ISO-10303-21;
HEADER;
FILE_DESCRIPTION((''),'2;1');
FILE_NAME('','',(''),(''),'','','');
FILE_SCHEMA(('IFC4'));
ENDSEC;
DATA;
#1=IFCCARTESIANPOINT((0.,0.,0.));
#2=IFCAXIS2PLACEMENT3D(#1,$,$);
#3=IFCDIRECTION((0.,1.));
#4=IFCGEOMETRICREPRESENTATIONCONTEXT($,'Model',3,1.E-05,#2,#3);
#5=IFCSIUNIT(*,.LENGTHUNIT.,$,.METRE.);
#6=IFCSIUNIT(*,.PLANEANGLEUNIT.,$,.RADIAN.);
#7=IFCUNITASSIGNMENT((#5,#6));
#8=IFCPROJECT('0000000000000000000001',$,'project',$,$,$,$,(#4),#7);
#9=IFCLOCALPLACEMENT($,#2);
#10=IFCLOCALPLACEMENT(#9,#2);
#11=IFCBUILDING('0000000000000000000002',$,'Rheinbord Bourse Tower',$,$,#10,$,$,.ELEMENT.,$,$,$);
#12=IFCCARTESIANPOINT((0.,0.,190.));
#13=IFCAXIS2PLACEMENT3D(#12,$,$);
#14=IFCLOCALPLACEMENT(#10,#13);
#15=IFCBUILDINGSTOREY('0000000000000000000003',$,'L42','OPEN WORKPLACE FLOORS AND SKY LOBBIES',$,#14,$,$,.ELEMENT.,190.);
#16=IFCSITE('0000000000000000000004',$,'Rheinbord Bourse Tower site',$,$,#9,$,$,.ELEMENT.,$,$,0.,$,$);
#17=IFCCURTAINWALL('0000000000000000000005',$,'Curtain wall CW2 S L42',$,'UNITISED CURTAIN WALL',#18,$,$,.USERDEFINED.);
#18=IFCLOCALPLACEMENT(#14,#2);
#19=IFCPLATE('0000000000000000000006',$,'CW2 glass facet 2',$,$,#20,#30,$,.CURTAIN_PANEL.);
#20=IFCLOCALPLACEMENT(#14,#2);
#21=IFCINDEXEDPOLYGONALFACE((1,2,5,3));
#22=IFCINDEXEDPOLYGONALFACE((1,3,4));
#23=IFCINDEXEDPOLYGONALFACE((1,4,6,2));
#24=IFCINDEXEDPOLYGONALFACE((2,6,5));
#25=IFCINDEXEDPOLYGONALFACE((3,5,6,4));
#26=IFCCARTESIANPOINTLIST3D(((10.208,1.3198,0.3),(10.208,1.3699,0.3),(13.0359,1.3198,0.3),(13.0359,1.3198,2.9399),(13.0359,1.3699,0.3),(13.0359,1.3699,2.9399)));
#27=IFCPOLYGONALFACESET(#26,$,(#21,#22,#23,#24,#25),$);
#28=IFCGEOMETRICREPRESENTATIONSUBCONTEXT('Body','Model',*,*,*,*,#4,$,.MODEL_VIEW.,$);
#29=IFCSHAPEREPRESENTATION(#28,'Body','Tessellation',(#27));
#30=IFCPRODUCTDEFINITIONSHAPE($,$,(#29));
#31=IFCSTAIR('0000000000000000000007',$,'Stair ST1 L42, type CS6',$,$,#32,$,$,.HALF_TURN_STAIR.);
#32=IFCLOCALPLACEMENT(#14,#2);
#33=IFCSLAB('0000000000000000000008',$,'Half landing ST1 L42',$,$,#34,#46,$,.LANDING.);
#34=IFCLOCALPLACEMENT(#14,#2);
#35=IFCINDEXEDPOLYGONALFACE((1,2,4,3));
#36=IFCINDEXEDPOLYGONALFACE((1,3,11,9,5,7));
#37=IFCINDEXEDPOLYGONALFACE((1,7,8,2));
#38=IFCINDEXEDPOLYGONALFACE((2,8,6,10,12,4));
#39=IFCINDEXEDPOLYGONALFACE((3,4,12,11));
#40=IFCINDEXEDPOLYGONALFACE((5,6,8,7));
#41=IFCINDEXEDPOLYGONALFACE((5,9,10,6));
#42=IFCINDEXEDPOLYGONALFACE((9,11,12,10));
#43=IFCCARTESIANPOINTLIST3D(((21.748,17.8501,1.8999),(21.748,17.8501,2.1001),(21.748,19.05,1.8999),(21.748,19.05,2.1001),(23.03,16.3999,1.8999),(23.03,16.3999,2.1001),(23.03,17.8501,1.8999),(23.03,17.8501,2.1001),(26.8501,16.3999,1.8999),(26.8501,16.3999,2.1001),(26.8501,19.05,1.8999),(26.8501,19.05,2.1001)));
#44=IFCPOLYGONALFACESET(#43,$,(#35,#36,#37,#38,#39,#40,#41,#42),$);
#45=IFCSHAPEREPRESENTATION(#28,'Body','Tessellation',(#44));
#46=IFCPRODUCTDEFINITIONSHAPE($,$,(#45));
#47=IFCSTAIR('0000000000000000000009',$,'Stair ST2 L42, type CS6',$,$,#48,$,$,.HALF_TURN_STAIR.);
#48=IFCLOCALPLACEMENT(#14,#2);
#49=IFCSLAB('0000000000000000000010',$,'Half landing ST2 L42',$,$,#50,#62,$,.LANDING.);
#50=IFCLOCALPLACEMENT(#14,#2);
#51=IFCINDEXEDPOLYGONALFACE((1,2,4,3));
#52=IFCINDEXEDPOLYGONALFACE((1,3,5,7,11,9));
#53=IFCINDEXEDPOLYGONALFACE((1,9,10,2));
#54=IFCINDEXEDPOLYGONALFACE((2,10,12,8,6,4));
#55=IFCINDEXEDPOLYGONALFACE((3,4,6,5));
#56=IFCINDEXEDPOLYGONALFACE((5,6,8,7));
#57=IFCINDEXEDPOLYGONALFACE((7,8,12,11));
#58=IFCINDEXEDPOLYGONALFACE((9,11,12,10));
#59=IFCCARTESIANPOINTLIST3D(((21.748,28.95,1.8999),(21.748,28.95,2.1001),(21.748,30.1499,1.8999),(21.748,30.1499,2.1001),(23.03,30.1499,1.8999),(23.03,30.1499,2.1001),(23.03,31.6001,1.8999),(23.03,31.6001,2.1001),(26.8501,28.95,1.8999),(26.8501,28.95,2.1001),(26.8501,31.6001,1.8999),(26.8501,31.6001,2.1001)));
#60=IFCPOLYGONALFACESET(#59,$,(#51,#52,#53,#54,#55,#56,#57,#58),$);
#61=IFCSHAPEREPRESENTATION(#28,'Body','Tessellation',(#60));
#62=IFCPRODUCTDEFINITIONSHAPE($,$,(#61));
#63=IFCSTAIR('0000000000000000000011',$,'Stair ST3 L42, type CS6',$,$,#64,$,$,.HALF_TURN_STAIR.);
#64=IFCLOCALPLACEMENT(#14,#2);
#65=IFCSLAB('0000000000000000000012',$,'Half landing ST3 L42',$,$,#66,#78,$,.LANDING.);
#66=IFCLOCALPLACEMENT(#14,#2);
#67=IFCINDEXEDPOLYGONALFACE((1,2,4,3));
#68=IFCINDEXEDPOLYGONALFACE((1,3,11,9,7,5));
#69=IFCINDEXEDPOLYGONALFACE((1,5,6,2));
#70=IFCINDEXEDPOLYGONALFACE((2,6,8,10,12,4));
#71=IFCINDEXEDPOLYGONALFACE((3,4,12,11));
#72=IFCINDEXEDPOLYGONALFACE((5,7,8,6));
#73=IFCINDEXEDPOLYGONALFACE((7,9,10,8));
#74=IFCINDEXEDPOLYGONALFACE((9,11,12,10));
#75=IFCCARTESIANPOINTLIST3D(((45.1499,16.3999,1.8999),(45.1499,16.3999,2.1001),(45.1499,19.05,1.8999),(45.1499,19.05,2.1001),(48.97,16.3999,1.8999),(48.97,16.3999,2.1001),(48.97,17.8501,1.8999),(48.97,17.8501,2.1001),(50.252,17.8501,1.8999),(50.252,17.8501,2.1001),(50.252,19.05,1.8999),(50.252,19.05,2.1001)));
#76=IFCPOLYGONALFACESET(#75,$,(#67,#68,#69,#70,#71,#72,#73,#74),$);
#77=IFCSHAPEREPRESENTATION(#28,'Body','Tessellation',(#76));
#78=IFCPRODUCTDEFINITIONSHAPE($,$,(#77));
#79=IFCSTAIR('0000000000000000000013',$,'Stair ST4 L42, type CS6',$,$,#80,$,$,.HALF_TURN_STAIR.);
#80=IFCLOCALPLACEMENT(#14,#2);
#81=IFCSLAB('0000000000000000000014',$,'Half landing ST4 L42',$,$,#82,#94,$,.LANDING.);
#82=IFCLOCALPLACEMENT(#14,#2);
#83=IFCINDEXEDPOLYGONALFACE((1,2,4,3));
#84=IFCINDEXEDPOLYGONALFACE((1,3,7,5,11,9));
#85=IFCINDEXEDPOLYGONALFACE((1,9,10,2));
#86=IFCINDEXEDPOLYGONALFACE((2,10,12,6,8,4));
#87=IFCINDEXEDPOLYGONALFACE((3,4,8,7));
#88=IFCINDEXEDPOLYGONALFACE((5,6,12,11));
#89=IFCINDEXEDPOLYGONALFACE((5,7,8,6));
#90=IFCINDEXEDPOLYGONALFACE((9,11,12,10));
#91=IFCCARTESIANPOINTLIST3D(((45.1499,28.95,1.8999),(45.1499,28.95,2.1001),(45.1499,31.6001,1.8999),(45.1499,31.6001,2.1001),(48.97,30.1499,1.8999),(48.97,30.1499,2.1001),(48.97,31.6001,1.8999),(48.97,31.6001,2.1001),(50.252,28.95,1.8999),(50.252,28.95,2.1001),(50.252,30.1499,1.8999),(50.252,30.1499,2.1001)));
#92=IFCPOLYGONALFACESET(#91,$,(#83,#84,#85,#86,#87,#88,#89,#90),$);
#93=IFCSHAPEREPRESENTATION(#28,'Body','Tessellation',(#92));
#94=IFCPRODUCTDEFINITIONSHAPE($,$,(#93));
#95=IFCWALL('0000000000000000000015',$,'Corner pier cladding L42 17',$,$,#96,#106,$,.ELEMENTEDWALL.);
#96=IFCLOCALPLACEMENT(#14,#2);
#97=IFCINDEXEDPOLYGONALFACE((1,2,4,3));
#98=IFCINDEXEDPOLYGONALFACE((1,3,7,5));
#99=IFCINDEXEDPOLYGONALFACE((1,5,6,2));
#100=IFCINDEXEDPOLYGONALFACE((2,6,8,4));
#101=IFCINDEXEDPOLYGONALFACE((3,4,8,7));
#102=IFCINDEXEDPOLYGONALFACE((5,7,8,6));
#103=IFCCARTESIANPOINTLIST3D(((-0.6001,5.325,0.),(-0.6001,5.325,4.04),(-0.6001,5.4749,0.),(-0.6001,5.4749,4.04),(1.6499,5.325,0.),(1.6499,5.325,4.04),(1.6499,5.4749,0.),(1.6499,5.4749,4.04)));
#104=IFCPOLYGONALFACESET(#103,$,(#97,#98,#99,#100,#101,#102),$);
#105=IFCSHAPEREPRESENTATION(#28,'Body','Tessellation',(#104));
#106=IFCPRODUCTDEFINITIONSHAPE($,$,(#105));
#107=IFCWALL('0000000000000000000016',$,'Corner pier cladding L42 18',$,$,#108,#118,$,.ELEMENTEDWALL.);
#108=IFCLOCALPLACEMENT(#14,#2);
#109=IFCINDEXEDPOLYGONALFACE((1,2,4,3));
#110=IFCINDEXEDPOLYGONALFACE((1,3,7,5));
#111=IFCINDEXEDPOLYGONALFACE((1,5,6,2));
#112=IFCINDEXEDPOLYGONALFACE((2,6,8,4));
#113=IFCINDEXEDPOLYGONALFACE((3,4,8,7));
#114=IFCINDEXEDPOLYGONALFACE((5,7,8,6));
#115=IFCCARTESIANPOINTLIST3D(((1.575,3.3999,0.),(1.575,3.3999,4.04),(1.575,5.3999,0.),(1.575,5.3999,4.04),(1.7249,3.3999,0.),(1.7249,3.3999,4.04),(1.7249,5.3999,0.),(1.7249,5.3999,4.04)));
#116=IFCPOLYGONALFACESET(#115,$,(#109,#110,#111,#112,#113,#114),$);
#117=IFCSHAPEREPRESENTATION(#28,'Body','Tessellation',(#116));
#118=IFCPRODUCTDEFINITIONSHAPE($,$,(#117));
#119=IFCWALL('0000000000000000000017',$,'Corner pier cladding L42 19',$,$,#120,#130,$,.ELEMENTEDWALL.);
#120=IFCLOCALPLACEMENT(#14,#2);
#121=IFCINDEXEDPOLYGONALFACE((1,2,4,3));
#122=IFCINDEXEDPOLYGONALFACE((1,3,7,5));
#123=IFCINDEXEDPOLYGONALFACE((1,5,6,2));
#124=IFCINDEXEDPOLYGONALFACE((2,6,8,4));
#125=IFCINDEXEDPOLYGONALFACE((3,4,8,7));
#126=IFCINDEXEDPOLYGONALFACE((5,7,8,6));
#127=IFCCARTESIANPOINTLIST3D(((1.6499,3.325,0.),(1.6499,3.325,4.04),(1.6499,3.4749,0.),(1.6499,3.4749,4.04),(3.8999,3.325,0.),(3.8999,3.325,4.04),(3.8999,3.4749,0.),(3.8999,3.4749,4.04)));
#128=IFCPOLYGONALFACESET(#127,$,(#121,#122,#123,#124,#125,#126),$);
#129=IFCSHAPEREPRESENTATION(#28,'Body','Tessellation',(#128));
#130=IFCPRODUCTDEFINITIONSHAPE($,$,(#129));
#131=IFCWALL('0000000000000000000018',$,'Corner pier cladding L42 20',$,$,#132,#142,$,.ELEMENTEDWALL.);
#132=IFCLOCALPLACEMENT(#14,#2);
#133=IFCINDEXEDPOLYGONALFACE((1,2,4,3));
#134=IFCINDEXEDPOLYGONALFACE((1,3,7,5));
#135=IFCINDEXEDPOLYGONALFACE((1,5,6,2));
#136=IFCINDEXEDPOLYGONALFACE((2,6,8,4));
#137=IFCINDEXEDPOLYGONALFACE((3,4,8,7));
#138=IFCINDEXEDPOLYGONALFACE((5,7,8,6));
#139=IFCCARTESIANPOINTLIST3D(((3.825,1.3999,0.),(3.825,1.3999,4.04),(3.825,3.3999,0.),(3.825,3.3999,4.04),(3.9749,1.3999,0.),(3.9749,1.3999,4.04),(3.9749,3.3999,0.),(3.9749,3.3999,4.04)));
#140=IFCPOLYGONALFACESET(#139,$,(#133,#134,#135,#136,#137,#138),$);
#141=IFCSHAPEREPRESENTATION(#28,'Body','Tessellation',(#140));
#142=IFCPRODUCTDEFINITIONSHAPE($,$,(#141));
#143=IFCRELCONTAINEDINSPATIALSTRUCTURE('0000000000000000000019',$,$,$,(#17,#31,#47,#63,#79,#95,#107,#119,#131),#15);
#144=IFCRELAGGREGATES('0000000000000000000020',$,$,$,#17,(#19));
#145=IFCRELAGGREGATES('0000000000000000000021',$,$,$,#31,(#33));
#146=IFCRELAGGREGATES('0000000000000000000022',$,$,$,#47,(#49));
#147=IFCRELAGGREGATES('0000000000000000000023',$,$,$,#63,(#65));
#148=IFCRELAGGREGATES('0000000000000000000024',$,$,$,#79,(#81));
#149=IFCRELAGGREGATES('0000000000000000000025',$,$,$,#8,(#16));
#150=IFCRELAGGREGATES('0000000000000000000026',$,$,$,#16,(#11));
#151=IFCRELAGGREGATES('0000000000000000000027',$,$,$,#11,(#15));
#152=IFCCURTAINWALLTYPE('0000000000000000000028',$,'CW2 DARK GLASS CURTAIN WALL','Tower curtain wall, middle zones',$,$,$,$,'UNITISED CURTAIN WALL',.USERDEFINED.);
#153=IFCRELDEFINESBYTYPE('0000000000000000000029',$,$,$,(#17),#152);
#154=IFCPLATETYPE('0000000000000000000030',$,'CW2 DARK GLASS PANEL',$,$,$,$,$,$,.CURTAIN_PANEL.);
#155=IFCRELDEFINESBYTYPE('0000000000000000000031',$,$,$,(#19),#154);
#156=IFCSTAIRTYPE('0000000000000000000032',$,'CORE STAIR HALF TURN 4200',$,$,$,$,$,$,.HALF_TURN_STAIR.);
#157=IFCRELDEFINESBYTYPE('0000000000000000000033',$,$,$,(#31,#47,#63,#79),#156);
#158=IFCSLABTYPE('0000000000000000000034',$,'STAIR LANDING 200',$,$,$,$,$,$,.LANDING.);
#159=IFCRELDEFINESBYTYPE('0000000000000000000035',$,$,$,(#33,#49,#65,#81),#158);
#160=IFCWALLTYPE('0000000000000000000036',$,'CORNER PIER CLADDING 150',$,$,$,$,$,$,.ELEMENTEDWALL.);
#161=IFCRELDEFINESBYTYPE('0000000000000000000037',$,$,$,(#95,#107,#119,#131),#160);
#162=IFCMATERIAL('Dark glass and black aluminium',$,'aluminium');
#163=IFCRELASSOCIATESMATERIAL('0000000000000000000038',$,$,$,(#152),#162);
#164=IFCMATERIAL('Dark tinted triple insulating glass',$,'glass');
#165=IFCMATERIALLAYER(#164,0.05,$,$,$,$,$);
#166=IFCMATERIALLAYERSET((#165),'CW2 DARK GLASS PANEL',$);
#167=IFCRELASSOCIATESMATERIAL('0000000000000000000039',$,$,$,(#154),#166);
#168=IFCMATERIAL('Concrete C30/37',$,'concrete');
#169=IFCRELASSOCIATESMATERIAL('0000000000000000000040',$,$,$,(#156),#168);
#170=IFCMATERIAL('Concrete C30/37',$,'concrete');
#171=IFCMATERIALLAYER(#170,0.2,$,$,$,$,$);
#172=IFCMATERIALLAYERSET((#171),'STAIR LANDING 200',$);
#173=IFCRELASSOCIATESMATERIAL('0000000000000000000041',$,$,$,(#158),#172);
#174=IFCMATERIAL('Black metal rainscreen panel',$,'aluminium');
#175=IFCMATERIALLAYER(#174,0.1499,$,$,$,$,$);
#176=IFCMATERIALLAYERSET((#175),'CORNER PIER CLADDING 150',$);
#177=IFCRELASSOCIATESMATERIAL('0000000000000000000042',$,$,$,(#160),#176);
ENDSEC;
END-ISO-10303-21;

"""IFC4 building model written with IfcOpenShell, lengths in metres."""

from ifc_helpers import new_model, si_unit, direction, frame, frame_2d, origin, place, context, subcontext, project, spatial, polyline, rectangle, outline, extrude, material, layer, layer_set, type_object, element, aggregate, save


model = new_model("IFC4")

# Units and contexts
model_context = context("Model", 3, precision=1e-05, world=origin(), true_north=direction((0.0, 1.0)))
body_context = subcontext(model_context, "Body", "Model", "MODEL_VIEW")
ifc_project = project(units=[si_unit("LENGTHUNIT", "METRE"), si_unit("PLANEANGLEUNIT", "RADIAN")], contexts=[model_context])

# Site, building, storey
site_placement = place(None, origin())
site = spatial("IfcSite", under=ifc_project, at=site_placement, Name="Rheinbord Bourse Tower site", CompositionType="ELEMENT", RefElevation=0.0)
building_placement = place(site_placement, origin())
building = spatial("IfcBuilding", under=site, at=building_placement, Name="Rheinbord Bourse Tower", CompositionType="ELEMENT")
storey_placement = place(building_placement, frame((0.0, 0.0, 190.0)))
storey = spatial("IfcBuildingStorey", under=building, at=storey_placement, Name="L42", Description="OPEN WORKPLACE FLOORS AND SKY LOBBIES", CompositionType="ELEMENT", Elevation=190.0)

# Curtain wall
ifc_material_1 = material(Name="Dark glass and black aluminium", Category="aluminium")
curtain_wall_type = type_object("IfcCurtainWallType", Name="CW2 DARK GLASS CURTAIN WALL", Description="Tower curtain wall, middle zones", ElementType="UNITISED CURTAIN WALL", PredefinedType="USERDEFINED", material=ifc_material_1)
curtain_wall_placement = place(storey_placement, origin())
curtain_wall = element("IfcCurtainWall", 1, at=curtain_wall_placement, inside=storey, type_object=curtain_wall_type, Name="Curtain wall CW2 S L42", ObjectType="UNITISED CURTAIN WALL", PredefinedType="USERDEFINED")

# Plate
ifc_material_2 = material(Name="Dark tinted triple insulating glass", Category="glass")
ifc_layer_1 = layer(ifc_material_2, 0.05)
ifc_layer_set_1 = layer_set([ifc_layer_1], Name="CW2 DARK GLASS PANEL")
plate_type = type_object("IfcPlateType", Name="CW2 DARK GLASS PANEL", PredefinedType="CURTAIN_PANEL", material=ifc_layer_set_1)
plate_1_placement = place(storey_placement, frame((13.0359, 1.3198, 0.3), z_axis=(0.0, 1.0, 0.0), x_axis=(-1.0, 0.0, 0.0)))
plate_1 = element("IfcPlate", 2, at=plate_1_placement, type_object=plate_type, Name="CW2 glass facet 2", PredefinedType="CURTAIN_PANEL", context=body_context, shape_type="SweptSolid", body=[
    extrude(outline(polyline([(0.0, 0.0), (2.8279, 0.0), (0.0, 2.6399), (0.0, 0.0)])), origin(), (0.0, 0.0, 1.0), 0.05),
])
aggregate(curtain_wall, [plate_1])

# Stairs, slabs
ifc_material_3 = material(Name="Concrete C30/37", Category="concrete")
stair_type = type_object("IfcStairType", Name="CORE STAIR HALF TURN 4200", PredefinedType="HALF_TURN_STAIR", material=ifc_material_3)
stair_1_placement = place(storey_placement, origin())
stair_1 = element("IfcStair", 3, at=stair_1_placement, inside=storey, type_object=stair_type, Name="Stair ST1 L42, type CS6", PredefinedType="HALF_TURN_STAIR")
ifc_material_4 = material(Name="Concrete C30/37", Category="concrete")
ifc_layer_2 = layer(ifc_material_4, 0.2)
ifc_layer_set_2 = layer_set([ifc_layer_2], Name="STAIR LANDING 200")
slab_type_1 = type_object("IfcSlabType", Name="STAIR LANDING 200", PredefinedType="LANDING", material=ifc_layer_set_2)
slab_1_placement = place(storey_placement, frame((0.0, 0.0, 1.8999)))
slab_1 = element("IfcSlab", 4, at=slab_1_placement, type_object=slab_type_1, Name="Half landing ST1 L42", PredefinedType="LANDING", context=body_context, shape_type="SweptSolid", body=[
    extrude(outline(polyline([(23.03, 16.3999), (26.8501, 16.3999), (26.8501, 19.05), (21.748, 19.05), (21.748, 17.8501), (23.03, 17.8501), (23.03, 16.3999)])), origin(), (0.0, 0.0, 1.0), 0.2002),
])
aggregate(stair_1, [slab_1])
stair_2_placement = place(storey_placement, origin())
stair_2 = element("IfcStair", 5, at=stair_2_placement, inside=storey, type_object=stair_type, Name="Stair ST2 L42, type CS6", PredefinedType="HALF_TURN_STAIR")
slab_2_placement = place(storey_placement, frame((0.0, 0.0, 1.8999)))
slab_2 = element("IfcSlab", 6, at=slab_2_placement, type_object=slab_type_1, Name="Half landing ST2 L42", PredefinedType="LANDING", context=body_context, shape_type="SweptSolid", body=[
    extrude(outline(polyline([(21.748, 28.95), (26.8501, 28.95), (26.8501, 31.6001), (23.03, 31.6001), (23.03, 30.1499), (21.748, 30.1499), (21.748, 28.95)])), origin(), (0.0, 0.0, 1.0), 0.2002),
])
aggregate(stair_2, [slab_2])
stair_3_placement = place(storey_placement, origin())
stair_3 = element("IfcStair", 7, at=stair_3_placement, inside=storey, type_object=stair_type, Name="Stair ST3 L42, type CS6", PredefinedType="HALF_TURN_STAIR")
slab_3_placement = place(storey_placement, frame((0.0, 0.0, 1.8999)))
slab_3 = element("IfcSlab", 8, at=slab_3_placement, type_object=slab_type_1, Name="Half landing ST3 L42", PredefinedType="LANDING", context=body_context, shape_type="SweptSolid", body=[
    extrude(outline(polyline([(45.1499, 16.3999), (48.97, 16.3999), (48.97, 17.8501), (50.252, 17.8501), (50.252, 19.05), (45.1499, 19.05), (45.1499, 16.3999)])), origin(), (0.0, 0.0, 1.0), 0.2002),
])
aggregate(stair_3, [slab_3])
stair_4_placement = place(storey_placement, origin())
stair_4 = element("IfcStair", 9, at=stair_4_placement, inside=storey, type_object=stair_type, Name="Stair ST4 L42, type CS6", PredefinedType="HALF_TURN_STAIR")
slab_4_placement = place(storey_placement, frame((0.0, 0.0, 1.8999)))
slab_4 = element("IfcSlab", 10, at=slab_4_placement, type_object=slab_type_1, Name="Half landing ST4 L42", PredefinedType="LANDING", context=body_context, shape_type="SweptSolid", body=[
    extrude(outline(polyline([(45.1499, 28.95), (50.252, 28.95), (50.252, 30.1499), (48.97, 30.1499), (48.97, 31.6001), (45.1499, 31.6001), (45.1499, 28.95)])), origin(), (0.0, 0.0, 1.0), 0.2002),
])
aggregate(stair_4, [slab_4])

# Walls
ifc_material_5 = material(Name="Black metal rainscreen panel", Category="aluminium")
ifc_layer_3 = layer(ifc_material_5, 0.1499)
ifc_layer_set_3 = layer_set([ifc_layer_3], Name="CORNER PIER CLADDING 150")
wall_type = type_object("IfcWallType", Name="CORNER PIER CLADDING 150", PredefinedType="ELEMENTEDWALL", material=ifc_layer_set_3)
wall_1_placement = place(storey_placement, frame((-0.6001, 5.3999, 0.0), z_axis=(0.0, 0.0, 1.0), x_axis=(1.0, 0.0, 0.0)))
element("IfcWall", 11, at=wall_1_placement, inside=storey, type_object=wall_type, Name="Corner pier cladding L42 17", PredefinedType="ELEMENTEDWALL", context=body_context, shape_type="SweptSolid", body=[
    extrude(rectangle(XDim=2.25, YDim=0.1499, at=frame_2d((1.125, 0.0))), origin(), (0.0, 0.0, 1.0), 4.04),
])
wall_2_placement = place(storey_placement, frame((1.6499, 5.3999, 0.0), z_axis=(0.0, 0.0, 1.0), x_axis=(0.0, -1.0, 0.0)))
element("IfcWall", 12, at=wall_2_placement, inside=storey, type_object=wall_type, Name="Corner pier cladding L42 18", PredefinedType="ELEMENTEDWALL", context=body_context, shape_type="SweptSolid", body=[
    extrude(rectangle(XDim=2.0, YDim=0.1499, at=frame_2d((1.0, 0.0))), origin(), (0.0, 0.0, 1.0), 4.04),
])
wall_3_placement = place(storey_placement, frame((1.6499, 3.3999, 0.0), z_axis=(0.0, 0.0, 1.0), x_axis=(1.0, 0.0, 0.0)))
element("IfcWall", 13, at=wall_3_placement, inside=storey, type_object=wall_type, Name="Corner pier cladding L42 19", PredefinedType="ELEMENTEDWALL", context=body_context, shape_type="SweptSolid", body=[
    extrude(rectangle(XDim=2.25, YDim=0.1499, at=frame_2d((1.125, 0.0))), origin(), (0.0, 0.0, 1.0), 4.04),
])
wall_4_placement = place(storey_placement, frame((3.8999, 3.3999, 0.0), z_axis=(0.0, 0.0, 1.0), x_axis=(0.0, -1.0, 0.0)))
element("IfcWall", 14, at=wall_4_placement, inside=storey, type_object=wall_type, Name="Corner pier cladding L42 20", PredefinedType="ELEMENTEDWALL", context=body_context, shape_type="SweptSolid", body=[
    extrude(rectangle(XDim=2.0, YDim=0.1499, at=frame_2d((1.0, 0.0))), origin(), (0.0, 0.0, 1.0), 4.04),
])

save(model, "model.ifc")
